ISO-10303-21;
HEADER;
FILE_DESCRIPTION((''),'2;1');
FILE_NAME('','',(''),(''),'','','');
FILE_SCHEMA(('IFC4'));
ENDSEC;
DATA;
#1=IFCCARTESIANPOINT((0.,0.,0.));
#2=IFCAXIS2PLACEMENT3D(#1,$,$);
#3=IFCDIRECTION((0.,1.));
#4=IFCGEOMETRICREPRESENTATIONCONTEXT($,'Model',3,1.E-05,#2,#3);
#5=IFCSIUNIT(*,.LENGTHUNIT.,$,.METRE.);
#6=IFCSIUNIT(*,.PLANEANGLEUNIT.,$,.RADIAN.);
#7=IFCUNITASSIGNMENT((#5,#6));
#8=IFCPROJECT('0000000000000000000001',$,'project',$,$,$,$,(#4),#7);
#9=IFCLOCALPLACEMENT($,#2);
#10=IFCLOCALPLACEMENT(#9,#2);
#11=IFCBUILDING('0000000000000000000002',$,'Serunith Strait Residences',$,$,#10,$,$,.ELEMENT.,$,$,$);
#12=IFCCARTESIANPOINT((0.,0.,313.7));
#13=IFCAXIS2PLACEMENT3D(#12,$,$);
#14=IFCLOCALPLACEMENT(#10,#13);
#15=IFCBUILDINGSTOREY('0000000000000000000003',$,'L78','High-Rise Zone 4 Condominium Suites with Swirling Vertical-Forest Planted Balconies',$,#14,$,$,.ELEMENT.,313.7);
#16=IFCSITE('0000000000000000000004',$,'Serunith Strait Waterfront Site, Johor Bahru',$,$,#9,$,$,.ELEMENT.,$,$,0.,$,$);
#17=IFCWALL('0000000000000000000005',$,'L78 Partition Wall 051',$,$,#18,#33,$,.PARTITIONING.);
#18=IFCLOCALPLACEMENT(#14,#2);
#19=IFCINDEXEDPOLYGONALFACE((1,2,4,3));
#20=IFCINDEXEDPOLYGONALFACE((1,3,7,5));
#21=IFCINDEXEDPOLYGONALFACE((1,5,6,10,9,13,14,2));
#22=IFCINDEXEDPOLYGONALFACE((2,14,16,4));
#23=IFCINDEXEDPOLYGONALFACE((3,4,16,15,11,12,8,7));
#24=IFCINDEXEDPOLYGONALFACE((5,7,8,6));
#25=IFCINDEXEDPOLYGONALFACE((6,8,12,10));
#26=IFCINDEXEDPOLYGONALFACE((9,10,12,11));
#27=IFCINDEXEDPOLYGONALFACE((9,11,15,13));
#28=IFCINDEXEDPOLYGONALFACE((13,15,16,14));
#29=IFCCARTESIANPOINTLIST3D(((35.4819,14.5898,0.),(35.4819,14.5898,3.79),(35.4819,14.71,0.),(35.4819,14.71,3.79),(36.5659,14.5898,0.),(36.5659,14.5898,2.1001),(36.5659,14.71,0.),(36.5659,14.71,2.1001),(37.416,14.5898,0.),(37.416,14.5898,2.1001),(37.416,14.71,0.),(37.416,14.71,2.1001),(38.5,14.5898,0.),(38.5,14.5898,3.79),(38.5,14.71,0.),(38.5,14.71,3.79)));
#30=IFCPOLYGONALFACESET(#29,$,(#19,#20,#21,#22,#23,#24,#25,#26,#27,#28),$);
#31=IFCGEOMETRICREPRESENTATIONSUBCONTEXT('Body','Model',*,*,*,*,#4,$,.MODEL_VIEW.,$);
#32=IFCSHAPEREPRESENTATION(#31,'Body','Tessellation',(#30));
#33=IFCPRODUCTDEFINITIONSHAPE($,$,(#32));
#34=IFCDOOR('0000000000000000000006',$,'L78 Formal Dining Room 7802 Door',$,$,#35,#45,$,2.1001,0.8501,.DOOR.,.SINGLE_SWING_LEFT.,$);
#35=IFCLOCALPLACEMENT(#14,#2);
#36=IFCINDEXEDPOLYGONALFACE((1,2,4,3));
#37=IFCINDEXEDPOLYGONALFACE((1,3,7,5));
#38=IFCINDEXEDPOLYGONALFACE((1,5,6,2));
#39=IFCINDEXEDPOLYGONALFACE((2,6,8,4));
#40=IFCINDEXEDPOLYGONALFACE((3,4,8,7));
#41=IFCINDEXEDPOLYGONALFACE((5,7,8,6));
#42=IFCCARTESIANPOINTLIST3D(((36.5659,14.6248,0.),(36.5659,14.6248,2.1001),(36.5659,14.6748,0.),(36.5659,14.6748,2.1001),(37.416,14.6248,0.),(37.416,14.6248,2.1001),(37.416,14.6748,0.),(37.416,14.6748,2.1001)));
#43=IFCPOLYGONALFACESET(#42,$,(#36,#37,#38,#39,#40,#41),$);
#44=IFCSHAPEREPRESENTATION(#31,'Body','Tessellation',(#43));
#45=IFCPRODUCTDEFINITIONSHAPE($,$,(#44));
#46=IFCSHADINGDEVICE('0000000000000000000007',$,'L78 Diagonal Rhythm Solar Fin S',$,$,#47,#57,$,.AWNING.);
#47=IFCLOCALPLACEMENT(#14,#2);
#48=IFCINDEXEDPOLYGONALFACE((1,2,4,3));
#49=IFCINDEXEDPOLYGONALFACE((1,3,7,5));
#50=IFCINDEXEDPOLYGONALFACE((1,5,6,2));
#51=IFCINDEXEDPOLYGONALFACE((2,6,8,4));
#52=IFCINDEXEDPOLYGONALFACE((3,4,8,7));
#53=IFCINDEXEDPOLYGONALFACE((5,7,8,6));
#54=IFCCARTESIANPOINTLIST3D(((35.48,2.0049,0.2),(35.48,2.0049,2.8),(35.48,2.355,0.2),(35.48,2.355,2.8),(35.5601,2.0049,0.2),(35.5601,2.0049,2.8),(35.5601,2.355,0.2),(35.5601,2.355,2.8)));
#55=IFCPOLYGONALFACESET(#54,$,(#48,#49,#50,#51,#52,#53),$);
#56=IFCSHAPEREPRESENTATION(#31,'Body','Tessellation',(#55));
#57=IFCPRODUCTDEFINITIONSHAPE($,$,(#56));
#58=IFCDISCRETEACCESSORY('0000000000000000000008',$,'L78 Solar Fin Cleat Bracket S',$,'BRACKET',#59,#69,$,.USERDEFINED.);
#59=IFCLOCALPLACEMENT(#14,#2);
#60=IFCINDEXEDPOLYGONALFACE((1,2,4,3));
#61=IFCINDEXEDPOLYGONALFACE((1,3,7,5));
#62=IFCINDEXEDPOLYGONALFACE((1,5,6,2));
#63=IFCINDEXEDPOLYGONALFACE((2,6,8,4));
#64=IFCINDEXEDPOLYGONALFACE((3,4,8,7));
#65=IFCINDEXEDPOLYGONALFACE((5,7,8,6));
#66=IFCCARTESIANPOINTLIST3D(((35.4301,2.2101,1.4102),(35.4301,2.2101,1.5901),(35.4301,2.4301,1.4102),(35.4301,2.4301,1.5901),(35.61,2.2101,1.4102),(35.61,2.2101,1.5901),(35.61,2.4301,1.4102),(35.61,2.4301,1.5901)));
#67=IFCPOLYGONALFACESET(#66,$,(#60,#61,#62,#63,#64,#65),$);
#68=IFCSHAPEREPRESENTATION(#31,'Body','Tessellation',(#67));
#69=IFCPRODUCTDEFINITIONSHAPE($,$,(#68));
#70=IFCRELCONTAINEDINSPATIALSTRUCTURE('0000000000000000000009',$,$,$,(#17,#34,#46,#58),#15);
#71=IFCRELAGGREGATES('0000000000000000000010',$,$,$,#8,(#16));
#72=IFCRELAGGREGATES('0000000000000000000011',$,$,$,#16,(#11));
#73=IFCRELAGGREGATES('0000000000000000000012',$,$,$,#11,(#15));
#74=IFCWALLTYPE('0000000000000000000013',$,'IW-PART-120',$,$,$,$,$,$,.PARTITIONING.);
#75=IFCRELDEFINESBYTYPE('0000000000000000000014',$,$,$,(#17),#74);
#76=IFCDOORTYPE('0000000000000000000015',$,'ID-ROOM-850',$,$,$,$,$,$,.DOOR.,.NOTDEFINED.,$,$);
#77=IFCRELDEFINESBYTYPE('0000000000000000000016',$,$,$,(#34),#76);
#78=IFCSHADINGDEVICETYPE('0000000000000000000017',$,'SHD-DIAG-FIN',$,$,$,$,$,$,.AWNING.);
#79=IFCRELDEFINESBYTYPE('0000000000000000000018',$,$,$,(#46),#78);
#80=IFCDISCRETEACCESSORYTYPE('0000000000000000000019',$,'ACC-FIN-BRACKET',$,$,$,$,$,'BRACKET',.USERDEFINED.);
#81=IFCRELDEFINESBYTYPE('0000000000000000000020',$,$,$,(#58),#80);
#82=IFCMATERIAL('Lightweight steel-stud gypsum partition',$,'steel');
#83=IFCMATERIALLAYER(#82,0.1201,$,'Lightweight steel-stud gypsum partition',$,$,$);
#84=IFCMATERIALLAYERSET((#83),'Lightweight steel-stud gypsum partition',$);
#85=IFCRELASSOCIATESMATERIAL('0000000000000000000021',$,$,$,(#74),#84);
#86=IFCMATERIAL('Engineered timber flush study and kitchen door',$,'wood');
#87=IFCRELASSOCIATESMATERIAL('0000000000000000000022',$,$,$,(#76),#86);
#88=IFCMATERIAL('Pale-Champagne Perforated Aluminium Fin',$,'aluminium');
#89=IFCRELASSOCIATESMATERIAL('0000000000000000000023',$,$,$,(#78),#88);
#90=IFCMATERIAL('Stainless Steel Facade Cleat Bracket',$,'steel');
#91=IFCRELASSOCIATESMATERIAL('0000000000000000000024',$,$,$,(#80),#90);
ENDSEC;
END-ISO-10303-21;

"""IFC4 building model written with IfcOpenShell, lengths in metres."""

from ifc_helpers import new_model, si_unit, direction, frame, frame_2d, origin, origin_2d, place, context, subcontext, project, spatial, rectangle, extrude, source, transform, mapped, material, layer, layer_set, type_object, element, fill, save


model = new_model("IFC4")

# Units and contexts
model_context = context("Model", 3, precision=1e-05, world=origin(), true_north=direction((0.0, 1.0)))
body_context = subcontext(model_context, "Body", "Model", "MODEL_VIEW")
ifc_project = project(units=[si_unit("LENGTHUNIT", "METRE"), si_unit("PLANEANGLEUNIT", "RADIAN")], contexts=[model_context])

# Site, building, storey
site_placement = place(None, origin())
site = spatial("IfcSite", under=ifc_project, at=site_placement, Name="Serunith Strait Waterfront Site, Johor Bahru", CompositionType="ELEMENT", RefElevation=0.0)
building_placement = place(site_placement, origin())
building = spatial("IfcBuilding", under=site, at=building_placement, Name="Serunith Strait Residences", CompositionType="ELEMENT")
storey_placement = place(building_placement, frame((0.0, 0.0, 313.7)))
storey = spatial("IfcBuildingStorey", under=building, at=storey_placement, Name="L78", Description="High-Rise Zone 4 Condominium Suites with Swirling Vertical-Forest Planted Balconies", CompositionType="ELEMENT", Elevation=313.7)

# Shared definitions
ifc_material_1 = material(Name="Lightweight steel-stud gypsum partition", Category="steel")
ifc_layer_1 = layer(ifc_material_1, 0.1201, Name="Lightweight steel-stud gypsum partition")
ifc_layer_set_1 = layer_set([ifc_layer_1], Name="Lightweight steel-stud gypsum partition")
wall_type = type_object("IfcWallType", Name="IW-PART-120", PredefinedType="PARTITIONING", material=ifc_layer_set_1)
ifc_material_2 = material(Name="Engineered timber flush study and kitchen door", Category="wood")
door_type_1 = type_object("IfcDoorType", Name="ID-ROOM-850", OperationType="NOTDEFINED", PredefinedType="DOOR", material=ifc_material_2)
shared_shape_1 = source(origin(), body_context, "Body", "SweptSolid", [
    extrude(rectangle(XDim=0.8501, YDim=2.1001, at=frame_2d((0.425, 1.05))), frame((0.0, 0.0249, 0.0), z_axis=(0.0, -1.0, 0.0), x_axis=(1.0, 0.0, 0.0)), (0.0, 0.0, 1.0), 0.05),
])

# Wall, opening, door
wall_1_placement = place(storey_placement, frame((35.4819, 14.6499, 0.0), z_axis=(0.0, 0.0, 1.0), x_axis=(1.0, 0.0, 0.0)))
wall_1 = element("IfcWall", 1, at=wall_1_placement, inside=storey, type_object=wall_type, Name="L78 Partition Wall 051", PredefinedType="PARTITIONING", context=body_context, shape_type="SweptSolid", body=[
    extrude(rectangle(XDim=3.0181, YDim=0.1201, at=frame_2d((1.509, 0.0))), origin(), (0.0, 0.0, 1.0), 3.79),
])
opening_1_placement = place(wall_1_placement, frame((1.084, 0.0, 0.0)))
opening_1 = element("IfcOpeningElement", 2, at=opening_1_placement, cuts=wall_1, PredefinedType="OPENING", context=body_context, shape_type="SweptSolid", body=[
    extrude(rectangle(XDim=0.8501, YDim=2.1001, at=frame_2d((0.425, 1.05))), frame((0.0, 0.0701, 0.0), z_axis=(0.0, -1.0, 0.0), x_axis=(1.0, 0.0, 0.0)), (0.0, 0.0, 1.0), 0.1401),
])
door_1_placement = place(opening_1_placement, origin())
door_1 = element("IfcDoor", 3, at=door_1_placement, inside=storey, type_object=door_type_1, Name="L78 Formal Dining Room 7802 Door", OperationType="SINGLE_SWING_LEFT", OverallHeight=2.1001, OverallWidth=0.8501, PredefinedType="DOOR", context=body_context, shape_type="MappedRepresentation", body=[
    mapped(shared_shape_1, transform((0.0, 0.0, 0.0), scale=1.0)),
])
fill(opening_1, door_1)

# Shading device
ifc_material_3 = material(Name="Pale-Champagne Perforated Aluminium Fin", Category="aluminium")
shading_device_type = type_object("IfcShadingDeviceType", Name="SHD-DIAG-FIN", PredefinedType="AWNING", material=ifc_material_3)
shared_shape_2 = source(origin(), body_context, "Body", "SweptSolid", [
    extrude(rectangle(XDim=0.0801, YDim=0.3501, at=origin_2d()), origin(), (0.0, 0.0, 1.0), 2.6001),
])
shading_device_placement = place(storey_placement, frame((35.52, 2.1799, 0.2), z_axis=(0.0, 0.0, 1.0), x_axis=(1.0, 0.0, 0.0)))
element("IfcShadingDevice", 4, at=shading_device_placement, inside=storey, type_object=shading_device_type, Name="L78 Diagonal Rhythm Solar Fin S", PredefinedType="AWNING", context=body_context, shape_type="MappedRepresentation", body=[
    mapped(shared_shape_2, transform((0.0, 0.0, 0.0), scale=1.0)),
])

# Discrete accessory
ifc_material_4 = material(Name="Stainless Steel Facade Cleat Bracket", Category="steel")
discrete_accessory_type = type_object("IfcDiscreteAccessoryType", Name="ACC-FIN-BRACKET", ElementType="BRACKET", PredefinedType="USERDEFINED", material=ifc_material_4)
shared_shape_3 = source(origin(), body_context, "Body", "SweptSolid", [
    extrude(rectangle(XDim=0.1799, YDim=0.22, at=origin_2d()), origin(), (0.0, 0.0, 1.0), 0.1799),
])
discrete_accessory_placement = place(storey_placement, frame((35.52, 2.3201, 1.4102), z_axis=(0.0, 0.0, 1.0), x_axis=(1.0, 0.0, 0.0)))
element("IfcDiscreteAccessory", 5, at=discrete_accessory_placement, inside=storey, type_object=discrete_accessory_type, Name="L78 Solar Fin Cleat Bracket S", ObjectType="BRACKET", PredefinedType="USERDEFINED", context=body_context, shape_type="MappedRepresentation", body=[
    mapped(shared_shape_3, transform((0.0, 0.0, 0.0), scale=1.0)),
])

save(model, "model.ifc")
